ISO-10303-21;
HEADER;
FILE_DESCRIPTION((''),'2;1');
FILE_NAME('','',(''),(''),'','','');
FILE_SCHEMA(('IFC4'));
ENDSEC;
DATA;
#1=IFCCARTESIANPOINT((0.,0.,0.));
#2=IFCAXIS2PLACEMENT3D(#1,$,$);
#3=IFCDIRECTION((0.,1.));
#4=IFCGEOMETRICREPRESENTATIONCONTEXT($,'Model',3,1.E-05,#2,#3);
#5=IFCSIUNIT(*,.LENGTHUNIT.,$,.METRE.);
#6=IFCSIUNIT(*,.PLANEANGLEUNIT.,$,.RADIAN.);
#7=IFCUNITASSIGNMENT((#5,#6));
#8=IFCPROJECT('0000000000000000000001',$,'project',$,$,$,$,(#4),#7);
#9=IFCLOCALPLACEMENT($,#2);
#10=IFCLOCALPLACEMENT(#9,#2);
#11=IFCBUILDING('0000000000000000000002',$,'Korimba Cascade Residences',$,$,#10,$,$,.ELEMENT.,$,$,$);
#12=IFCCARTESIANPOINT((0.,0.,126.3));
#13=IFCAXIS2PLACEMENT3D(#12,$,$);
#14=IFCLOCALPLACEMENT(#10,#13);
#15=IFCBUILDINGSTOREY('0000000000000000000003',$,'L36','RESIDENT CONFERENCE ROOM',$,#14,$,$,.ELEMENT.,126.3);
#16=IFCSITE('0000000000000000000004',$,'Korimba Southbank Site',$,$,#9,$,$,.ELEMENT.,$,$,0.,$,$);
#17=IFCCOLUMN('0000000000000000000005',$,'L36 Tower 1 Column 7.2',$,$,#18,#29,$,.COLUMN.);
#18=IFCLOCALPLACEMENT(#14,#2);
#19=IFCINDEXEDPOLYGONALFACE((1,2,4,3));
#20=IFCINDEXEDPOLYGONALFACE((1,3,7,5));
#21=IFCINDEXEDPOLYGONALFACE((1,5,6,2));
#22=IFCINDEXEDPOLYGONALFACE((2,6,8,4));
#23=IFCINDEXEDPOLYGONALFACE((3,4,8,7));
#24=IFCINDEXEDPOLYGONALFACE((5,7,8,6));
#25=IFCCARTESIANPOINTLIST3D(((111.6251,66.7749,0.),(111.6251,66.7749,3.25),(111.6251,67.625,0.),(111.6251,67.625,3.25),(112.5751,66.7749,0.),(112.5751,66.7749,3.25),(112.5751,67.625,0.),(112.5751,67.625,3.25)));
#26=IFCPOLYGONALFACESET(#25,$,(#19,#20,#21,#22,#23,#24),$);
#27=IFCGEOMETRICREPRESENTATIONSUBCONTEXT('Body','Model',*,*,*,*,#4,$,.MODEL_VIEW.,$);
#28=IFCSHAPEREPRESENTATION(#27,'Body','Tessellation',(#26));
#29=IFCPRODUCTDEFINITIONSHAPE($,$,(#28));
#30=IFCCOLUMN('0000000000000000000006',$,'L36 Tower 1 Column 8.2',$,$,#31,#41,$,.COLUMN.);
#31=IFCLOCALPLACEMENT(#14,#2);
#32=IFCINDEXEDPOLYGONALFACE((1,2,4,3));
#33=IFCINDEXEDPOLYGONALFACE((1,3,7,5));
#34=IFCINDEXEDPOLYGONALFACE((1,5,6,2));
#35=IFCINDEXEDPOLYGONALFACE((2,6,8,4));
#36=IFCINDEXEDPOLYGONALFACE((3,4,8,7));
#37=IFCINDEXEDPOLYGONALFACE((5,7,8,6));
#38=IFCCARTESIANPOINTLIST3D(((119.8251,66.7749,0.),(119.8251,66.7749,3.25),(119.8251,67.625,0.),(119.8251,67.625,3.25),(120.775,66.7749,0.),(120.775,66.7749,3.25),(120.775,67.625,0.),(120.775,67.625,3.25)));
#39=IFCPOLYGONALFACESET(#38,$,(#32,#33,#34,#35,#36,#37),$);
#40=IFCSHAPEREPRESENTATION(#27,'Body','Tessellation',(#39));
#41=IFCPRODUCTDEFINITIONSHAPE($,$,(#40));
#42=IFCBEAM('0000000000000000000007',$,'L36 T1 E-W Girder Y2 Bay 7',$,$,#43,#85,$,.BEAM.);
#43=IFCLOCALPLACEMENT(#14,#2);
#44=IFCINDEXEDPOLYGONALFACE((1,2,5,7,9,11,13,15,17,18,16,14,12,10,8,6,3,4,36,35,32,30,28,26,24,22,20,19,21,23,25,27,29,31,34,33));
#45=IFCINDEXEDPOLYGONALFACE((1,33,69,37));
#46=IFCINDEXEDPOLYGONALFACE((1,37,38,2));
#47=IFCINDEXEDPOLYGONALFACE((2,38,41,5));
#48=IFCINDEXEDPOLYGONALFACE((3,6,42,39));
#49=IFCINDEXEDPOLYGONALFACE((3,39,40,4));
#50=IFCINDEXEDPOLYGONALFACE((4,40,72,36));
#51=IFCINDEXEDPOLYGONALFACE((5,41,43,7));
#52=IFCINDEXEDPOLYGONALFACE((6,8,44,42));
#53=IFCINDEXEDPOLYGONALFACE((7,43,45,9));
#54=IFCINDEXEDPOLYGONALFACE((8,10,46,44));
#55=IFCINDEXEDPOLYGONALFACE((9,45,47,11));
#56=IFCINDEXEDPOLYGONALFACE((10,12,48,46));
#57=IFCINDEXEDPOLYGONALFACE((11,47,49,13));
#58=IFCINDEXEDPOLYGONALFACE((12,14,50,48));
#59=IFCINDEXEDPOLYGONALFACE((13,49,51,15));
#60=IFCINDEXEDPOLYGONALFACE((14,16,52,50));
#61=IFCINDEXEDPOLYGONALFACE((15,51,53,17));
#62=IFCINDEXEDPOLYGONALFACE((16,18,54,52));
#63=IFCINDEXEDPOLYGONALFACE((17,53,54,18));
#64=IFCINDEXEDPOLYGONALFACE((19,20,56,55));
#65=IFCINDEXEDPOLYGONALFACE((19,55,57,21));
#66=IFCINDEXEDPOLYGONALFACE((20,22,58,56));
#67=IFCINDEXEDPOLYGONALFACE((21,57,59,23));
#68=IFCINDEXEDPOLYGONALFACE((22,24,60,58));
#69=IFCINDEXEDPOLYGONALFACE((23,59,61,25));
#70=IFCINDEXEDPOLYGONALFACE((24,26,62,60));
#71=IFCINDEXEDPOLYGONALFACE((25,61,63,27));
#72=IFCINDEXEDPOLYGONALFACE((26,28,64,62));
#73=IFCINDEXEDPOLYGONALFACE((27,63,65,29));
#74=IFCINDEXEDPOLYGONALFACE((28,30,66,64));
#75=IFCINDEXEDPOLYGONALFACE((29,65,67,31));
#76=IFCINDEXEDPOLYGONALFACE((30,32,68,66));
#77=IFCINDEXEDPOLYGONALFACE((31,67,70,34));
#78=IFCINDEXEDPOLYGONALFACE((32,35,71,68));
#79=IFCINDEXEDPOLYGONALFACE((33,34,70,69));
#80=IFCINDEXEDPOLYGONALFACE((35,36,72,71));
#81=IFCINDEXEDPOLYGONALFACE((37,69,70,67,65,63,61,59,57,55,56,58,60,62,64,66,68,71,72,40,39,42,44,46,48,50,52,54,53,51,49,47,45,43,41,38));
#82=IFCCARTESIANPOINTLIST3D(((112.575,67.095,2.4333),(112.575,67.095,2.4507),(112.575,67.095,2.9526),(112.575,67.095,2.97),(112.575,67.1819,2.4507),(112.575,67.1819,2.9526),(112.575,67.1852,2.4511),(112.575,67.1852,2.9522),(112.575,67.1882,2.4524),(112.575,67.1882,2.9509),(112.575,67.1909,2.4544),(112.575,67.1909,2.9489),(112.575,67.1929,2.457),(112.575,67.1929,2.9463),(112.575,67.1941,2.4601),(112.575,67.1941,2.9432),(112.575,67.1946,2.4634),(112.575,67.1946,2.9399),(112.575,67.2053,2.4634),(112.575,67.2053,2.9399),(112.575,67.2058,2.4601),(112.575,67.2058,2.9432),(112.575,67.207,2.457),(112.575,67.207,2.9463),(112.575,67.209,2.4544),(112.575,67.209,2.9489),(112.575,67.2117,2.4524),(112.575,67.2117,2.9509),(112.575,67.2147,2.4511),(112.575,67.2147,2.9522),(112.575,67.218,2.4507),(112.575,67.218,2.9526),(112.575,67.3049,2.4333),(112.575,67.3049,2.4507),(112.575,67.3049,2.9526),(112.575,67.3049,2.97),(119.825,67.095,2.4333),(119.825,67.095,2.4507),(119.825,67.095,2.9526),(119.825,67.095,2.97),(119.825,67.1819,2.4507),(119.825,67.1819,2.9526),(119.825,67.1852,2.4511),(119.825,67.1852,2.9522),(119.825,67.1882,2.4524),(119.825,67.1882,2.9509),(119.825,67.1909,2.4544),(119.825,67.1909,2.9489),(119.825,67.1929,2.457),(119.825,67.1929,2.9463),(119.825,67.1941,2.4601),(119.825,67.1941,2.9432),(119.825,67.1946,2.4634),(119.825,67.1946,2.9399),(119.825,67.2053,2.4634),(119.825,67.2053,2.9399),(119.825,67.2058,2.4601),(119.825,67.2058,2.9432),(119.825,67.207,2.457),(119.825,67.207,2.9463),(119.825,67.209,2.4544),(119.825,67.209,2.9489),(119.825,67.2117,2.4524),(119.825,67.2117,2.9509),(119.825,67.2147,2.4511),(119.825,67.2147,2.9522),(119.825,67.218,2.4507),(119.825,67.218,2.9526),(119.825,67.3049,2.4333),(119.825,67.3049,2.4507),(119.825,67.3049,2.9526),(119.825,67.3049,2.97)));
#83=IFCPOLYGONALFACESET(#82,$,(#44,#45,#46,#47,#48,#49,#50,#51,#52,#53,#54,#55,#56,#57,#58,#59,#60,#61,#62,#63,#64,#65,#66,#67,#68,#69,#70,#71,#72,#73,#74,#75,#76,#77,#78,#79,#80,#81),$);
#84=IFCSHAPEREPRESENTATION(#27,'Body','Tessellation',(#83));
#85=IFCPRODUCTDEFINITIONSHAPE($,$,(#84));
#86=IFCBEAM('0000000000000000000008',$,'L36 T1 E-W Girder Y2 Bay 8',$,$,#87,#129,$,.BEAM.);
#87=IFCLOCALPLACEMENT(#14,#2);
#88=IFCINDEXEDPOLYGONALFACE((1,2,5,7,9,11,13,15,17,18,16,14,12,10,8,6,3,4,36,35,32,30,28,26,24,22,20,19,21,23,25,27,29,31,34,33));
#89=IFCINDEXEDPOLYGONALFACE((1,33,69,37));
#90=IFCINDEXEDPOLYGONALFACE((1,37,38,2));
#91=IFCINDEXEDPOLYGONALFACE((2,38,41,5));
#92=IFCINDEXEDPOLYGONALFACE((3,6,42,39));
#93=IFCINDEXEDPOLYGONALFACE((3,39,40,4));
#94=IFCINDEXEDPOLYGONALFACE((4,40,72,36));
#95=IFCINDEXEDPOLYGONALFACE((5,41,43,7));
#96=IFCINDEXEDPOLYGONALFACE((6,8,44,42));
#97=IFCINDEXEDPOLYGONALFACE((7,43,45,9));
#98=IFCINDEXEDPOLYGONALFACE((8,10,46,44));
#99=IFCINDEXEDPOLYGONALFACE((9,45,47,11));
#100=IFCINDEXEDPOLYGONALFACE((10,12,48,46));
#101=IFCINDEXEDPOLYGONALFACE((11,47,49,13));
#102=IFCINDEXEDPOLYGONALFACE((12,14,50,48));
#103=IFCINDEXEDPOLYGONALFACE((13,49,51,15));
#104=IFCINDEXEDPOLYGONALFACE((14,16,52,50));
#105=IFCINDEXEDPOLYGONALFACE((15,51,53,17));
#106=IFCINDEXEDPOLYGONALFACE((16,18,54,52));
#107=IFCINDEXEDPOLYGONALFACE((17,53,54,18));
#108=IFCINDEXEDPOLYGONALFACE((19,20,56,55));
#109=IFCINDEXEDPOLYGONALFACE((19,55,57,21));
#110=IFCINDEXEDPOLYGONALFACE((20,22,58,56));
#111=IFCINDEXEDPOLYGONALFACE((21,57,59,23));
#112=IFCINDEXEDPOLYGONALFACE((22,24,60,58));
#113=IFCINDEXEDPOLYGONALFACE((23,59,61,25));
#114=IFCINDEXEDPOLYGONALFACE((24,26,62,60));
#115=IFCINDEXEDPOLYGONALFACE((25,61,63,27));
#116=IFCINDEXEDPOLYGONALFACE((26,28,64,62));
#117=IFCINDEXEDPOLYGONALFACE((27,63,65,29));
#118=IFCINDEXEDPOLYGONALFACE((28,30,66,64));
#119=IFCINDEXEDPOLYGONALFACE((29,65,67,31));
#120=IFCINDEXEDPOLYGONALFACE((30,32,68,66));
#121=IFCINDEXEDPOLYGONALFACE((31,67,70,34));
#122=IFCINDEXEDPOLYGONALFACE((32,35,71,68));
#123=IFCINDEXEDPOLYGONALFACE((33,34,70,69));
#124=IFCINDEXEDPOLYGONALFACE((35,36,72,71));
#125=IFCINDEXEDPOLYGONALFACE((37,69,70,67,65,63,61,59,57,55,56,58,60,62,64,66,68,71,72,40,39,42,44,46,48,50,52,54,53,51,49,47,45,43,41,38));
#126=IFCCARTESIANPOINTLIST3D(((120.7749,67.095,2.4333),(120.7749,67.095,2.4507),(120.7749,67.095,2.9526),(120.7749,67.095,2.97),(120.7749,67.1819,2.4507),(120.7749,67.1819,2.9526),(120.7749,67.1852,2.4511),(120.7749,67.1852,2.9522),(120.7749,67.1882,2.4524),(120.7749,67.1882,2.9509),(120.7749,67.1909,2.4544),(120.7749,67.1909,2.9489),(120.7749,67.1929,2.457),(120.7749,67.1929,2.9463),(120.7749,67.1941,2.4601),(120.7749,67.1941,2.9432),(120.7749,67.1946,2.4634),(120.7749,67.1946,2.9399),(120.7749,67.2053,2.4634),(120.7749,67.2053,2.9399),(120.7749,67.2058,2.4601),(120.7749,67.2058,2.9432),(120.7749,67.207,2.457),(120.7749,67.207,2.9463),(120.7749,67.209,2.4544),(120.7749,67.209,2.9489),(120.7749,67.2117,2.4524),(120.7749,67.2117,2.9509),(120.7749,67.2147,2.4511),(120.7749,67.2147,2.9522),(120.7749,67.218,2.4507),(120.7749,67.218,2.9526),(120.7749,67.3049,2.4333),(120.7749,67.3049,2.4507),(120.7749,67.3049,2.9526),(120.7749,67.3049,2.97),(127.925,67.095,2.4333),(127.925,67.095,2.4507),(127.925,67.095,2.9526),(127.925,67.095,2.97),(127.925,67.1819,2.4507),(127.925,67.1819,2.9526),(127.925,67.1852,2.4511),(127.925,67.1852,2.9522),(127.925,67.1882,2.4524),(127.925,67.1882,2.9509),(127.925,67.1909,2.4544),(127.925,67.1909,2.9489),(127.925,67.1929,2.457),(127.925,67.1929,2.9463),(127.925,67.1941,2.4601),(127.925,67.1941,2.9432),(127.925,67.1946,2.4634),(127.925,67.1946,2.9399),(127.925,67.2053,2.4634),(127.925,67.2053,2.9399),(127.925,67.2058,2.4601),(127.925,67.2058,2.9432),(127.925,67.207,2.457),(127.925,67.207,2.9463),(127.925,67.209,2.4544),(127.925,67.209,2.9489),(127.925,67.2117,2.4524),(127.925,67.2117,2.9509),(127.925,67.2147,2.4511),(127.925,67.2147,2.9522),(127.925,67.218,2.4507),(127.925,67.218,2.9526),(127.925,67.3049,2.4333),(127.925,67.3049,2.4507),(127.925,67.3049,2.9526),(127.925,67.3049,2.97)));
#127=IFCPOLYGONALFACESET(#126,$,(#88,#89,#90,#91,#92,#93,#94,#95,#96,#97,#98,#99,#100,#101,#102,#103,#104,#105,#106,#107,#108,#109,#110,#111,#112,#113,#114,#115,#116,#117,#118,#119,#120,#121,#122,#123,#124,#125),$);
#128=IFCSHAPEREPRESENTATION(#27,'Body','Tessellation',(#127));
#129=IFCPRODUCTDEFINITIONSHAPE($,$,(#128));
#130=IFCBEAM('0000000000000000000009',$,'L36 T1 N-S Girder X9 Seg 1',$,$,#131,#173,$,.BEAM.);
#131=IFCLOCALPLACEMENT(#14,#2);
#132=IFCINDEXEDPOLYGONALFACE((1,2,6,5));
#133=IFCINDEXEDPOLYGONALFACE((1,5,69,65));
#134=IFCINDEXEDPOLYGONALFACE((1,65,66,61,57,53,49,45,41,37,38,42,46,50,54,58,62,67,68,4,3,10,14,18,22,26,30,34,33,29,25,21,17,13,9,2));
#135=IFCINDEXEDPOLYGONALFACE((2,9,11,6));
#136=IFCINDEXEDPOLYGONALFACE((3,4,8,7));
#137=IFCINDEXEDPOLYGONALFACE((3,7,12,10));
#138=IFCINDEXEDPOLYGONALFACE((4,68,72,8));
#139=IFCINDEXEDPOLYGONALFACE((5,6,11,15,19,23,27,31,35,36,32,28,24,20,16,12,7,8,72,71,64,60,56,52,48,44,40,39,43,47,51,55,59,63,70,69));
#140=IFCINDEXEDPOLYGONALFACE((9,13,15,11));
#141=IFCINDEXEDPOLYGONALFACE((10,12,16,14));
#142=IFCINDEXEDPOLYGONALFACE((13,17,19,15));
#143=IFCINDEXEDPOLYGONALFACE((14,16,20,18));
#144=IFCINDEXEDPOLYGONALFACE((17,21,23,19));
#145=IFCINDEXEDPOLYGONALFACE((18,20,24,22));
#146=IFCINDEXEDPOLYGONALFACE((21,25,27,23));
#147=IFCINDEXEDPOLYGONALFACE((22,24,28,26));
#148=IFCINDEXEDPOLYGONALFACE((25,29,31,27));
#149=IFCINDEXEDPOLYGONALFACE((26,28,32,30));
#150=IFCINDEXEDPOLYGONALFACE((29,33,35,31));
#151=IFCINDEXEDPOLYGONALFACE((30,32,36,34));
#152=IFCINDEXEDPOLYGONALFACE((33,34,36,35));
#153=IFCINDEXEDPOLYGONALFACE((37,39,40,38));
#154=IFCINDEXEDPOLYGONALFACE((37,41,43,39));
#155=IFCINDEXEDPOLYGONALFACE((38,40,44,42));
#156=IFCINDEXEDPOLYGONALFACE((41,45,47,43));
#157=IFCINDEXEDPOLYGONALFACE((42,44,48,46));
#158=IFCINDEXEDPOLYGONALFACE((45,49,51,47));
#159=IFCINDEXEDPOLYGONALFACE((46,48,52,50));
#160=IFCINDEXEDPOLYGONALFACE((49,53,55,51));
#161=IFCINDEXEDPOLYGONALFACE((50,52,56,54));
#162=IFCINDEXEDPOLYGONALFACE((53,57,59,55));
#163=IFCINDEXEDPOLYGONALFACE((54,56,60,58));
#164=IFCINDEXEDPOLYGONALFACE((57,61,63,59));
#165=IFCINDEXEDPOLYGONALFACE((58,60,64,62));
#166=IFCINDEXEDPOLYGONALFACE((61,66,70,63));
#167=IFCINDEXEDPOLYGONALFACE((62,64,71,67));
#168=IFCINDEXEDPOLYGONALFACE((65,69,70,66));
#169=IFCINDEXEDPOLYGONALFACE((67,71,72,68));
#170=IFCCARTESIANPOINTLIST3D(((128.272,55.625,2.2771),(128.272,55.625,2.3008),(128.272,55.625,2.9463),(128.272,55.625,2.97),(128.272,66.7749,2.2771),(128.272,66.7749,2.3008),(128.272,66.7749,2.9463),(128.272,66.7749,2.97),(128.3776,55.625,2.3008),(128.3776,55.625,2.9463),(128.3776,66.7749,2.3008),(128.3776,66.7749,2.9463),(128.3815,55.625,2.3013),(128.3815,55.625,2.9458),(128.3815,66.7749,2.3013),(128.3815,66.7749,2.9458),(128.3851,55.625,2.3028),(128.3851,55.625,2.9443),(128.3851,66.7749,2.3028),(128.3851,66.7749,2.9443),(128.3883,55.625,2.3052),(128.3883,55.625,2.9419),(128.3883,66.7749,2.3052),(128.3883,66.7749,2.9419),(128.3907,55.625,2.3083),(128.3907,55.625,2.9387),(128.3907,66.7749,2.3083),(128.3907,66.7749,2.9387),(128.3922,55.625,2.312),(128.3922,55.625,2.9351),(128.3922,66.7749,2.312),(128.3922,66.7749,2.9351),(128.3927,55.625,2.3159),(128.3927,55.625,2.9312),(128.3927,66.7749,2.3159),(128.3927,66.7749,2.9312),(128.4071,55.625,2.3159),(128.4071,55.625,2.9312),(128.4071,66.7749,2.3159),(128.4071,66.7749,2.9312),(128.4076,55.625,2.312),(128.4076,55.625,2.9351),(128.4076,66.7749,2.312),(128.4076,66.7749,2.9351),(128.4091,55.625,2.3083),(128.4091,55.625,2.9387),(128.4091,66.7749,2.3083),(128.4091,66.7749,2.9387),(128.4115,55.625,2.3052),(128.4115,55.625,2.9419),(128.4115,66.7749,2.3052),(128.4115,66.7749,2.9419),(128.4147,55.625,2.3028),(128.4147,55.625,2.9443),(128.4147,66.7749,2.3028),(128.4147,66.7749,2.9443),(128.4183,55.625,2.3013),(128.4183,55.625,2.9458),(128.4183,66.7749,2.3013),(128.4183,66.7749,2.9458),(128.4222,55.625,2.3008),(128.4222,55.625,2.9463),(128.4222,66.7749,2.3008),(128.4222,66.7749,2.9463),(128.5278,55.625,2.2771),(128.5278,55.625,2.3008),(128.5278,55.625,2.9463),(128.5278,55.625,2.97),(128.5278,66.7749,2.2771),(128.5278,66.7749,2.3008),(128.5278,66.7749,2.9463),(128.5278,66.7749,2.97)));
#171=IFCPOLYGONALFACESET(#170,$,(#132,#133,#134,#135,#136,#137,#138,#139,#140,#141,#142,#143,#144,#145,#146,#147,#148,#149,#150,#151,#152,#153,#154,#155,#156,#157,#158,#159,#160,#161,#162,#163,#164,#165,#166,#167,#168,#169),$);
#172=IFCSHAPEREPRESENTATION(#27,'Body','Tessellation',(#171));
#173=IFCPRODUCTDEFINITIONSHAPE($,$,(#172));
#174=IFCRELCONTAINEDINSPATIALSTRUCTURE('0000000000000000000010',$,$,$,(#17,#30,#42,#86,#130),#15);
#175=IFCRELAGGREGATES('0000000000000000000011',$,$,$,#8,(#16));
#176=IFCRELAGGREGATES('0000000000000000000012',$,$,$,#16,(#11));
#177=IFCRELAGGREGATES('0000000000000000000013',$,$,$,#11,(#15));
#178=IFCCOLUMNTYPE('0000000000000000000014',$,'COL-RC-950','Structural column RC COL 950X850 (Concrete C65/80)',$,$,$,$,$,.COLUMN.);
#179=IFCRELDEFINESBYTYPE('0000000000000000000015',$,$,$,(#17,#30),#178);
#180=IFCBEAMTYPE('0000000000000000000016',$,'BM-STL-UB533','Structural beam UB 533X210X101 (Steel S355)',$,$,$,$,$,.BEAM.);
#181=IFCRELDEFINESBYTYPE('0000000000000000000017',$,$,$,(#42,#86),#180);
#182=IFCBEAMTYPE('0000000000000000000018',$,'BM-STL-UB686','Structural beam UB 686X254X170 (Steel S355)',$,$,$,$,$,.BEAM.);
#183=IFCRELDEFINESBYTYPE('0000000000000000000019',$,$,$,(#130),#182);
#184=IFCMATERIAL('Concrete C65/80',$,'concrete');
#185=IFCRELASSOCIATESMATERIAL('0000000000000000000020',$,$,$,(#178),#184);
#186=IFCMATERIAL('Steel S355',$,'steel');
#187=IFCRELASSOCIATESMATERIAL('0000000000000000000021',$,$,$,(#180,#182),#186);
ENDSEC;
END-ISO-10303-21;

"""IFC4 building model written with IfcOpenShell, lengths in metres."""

from ifc_helpers import new_model, si_unit, direction, frame, origin, origin_2d, place, context, subcontext, project, spatial, rectangle, i_section, extrude, material, material_profile, profile_set, type_object, element, save


model = new_model("IFC4")

# Units and contexts
model_context = context("Model", 3, precision=1e-05, world=origin(), true_north=direction((0.0, 1.0)))
body_context = subcontext(model_context, "Body", "Model", "MODEL_VIEW")
ifc_project = project(units=[si_unit("LENGTHUNIT", "METRE"), si_unit("PLANEANGLEUNIT", "RADIAN")], contexts=[model_context])

# Site, building, storey
site_placement = place(None, origin())
site = spatial("IfcSite", under=ifc_project, at=site_placement, Name="Korimba Southbank Site", CompositionType="ELEMENT", RefElevation=0.0)
building_placement = place(site_placement, origin())
building = spatial("IfcBuilding", under=site, at=building_placement, Name="Korimba Cascade Residences", CompositionType="ELEMENT")
storey_placement = place(building_placement, frame((0.0, 0.0, 126.3)))
storey = spatial("IfcBuildingStorey", under=building, at=storey_placement, Name="L36", Description="RESIDENT CONFERENCE ROOM", CompositionType="ELEMENT", Elevation=126.3)

# Columns
ifc_material_1 = material(Name="Concrete C65/80", Category="concrete")
ifc_material_profile_1 = material_profile(ifc_material_1, rectangle(XDim=0.95, YDim=0.8501, at=origin_2d()), Name="Concrete C65/80")
ifc_profile_set_1 = profile_set([ifc_material_profile_1], Name="Concrete C65/80")
column_type = type_object("IfcColumnType", Name="COL-RC-950", Description="Structural column RC COL 950X850 (Concrete C65/80)", PredefinedType="COLUMN", material=ifc_profile_set_1)
for number, where, z_axis, x_axis, name in (
    (1, (112.1001, 67.2, 0.0), (0.0, 0.0, 1.0), (1.0, 0.0, 0.0), "L36 Tower 1 Column 7.2"),
    (2, (120.3, 67.2, 0.0), (0.0, 0.0, 1.0), (1.0, 0.0, 0.0), "L36 Tower 1 Column 8.2"),
):
    element("IfcColumn", number, at=place(storey_placement, frame(where, z_axis=z_axis, x_axis=x_axis)), inside=storey, type_object=column_type, Name=name, PredefinedType="COLUMN", context=body_context, shape_type="SweptSolid", body=[
        extrude(rectangle(XDim=0.95, YDim=0.8501, at=origin_2d()), origin(), (0.0, 0.0, 1.0), 3.25),
    ])

# Beams
ifc_material_2 = material(Name="Steel S355", Category="steel")
ifc_material_profile_2 = material_profile(ifc_material_2, i_section(OverallWidth=0.21, OverallDepth=0.5366, WebThickness=0.0107, FlangeThickness=0.0173, FilletRadius=0.0127, at=origin_2d()), Name="Steel S355")
ifc_profile_set_2 = profile_set([ifc_material_profile_2], Name="Steel S355")
beam_type_1 = type_object("IfcBeamType", Name="BM-STL-UB533", Description="Structural beam UB 533X210X101 (Steel S355)", PredefinedType="BEAM", material=ifc_profile_set_2)
beam_1_placement = place(storey_placement, frame((112.575, 67.2, 2.7017), z_axis=(1.0, 0.0, 0.0), x_axis=(0.0, 1.0, 0.0)))
element("IfcBeam", 3, at=beam_1_placement, inside=storey, type_object=beam_type_1, Name="L36 T1 E-W Girder Y2 Bay 7", PredefinedType="BEAM", context=body_context, shape_type="SweptSolid", body=[
    extrude(i_section(OverallWidth=0.21, OverallDepth=0.5366, WebThickness=0.0107, FlangeThickness=0.0173, FilletRadius=0.0127, at=origin_2d()), origin(), (0.0, 0.0, 1.0), 7.25),
])
beam_2_placement = place(storey_placement, frame((120.7749, 67.2, 2.7017), z_axis=(1.0, 0.0, 0.0), x_axis=(0.0, 1.0, 0.0)))
element("IfcBeam", 4, at=beam_2_placement, inside=storey, type_object=beam_type_1, Name="L36 T1 E-W Girder Y2 Bay 8", PredefinedType="BEAM", context=body_context, shape_type="SweptSolid", body=[
    extrude(i_section(OverallWidth=0.21, OverallDepth=0.5366, WebThickness=0.0107, FlangeThickness=0.0173, FilletRadius=0.0127, at=origin_2d()), origin(), (0.0, 0.0, 1.0), 7.1501),
])
ifc_material_profile_3 = material_profile(ifc_material_2, i_section(OverallWidth=0.2559, OverallDepth=0.6929, WebThickness=0.0144, FlangeThickness=0.0237, FilletRadius=0.0151, at=origin_2d()), Name="Steel S355")
ifc_profile_set_3 = profile_set([ifc_material_profile_3], Name="Steel S355")
beam_type_2 = type_object("IfcBeamType", Name="BM-STL-UB686", Description="Structural beam UB 686X254X170 (Steel S355)", PredefinedType="BEAM", material=ifc_profile_set_3)
beam_3_placement = place(storey_placement, frame((128.3999, 55.625, 2.6235), z_axis=(0.0, 1.0, 0.0), x_axis=(-1.0, 0.0, 0.0)))
element("IfcBeam", 5, at=beam_3_placement, inside=storey, type_object=beam_type_2, Name="L36 T1 N-S Girder X9 Seg 1", PredefinedType="BEAM", context=body_context, shape_type="SweptSolid", body=[
    extrude(i_section(OverallWidth=0.2559, OverallDepth=0.6929, WebThickness=0.0144, FlangeThickness=0.0237, FilletRadius=0.0151, at=origin_2d()), origin(), (0.0, 0.0, 1.0), 11.1499),
])

save(model, "model.ifc")
